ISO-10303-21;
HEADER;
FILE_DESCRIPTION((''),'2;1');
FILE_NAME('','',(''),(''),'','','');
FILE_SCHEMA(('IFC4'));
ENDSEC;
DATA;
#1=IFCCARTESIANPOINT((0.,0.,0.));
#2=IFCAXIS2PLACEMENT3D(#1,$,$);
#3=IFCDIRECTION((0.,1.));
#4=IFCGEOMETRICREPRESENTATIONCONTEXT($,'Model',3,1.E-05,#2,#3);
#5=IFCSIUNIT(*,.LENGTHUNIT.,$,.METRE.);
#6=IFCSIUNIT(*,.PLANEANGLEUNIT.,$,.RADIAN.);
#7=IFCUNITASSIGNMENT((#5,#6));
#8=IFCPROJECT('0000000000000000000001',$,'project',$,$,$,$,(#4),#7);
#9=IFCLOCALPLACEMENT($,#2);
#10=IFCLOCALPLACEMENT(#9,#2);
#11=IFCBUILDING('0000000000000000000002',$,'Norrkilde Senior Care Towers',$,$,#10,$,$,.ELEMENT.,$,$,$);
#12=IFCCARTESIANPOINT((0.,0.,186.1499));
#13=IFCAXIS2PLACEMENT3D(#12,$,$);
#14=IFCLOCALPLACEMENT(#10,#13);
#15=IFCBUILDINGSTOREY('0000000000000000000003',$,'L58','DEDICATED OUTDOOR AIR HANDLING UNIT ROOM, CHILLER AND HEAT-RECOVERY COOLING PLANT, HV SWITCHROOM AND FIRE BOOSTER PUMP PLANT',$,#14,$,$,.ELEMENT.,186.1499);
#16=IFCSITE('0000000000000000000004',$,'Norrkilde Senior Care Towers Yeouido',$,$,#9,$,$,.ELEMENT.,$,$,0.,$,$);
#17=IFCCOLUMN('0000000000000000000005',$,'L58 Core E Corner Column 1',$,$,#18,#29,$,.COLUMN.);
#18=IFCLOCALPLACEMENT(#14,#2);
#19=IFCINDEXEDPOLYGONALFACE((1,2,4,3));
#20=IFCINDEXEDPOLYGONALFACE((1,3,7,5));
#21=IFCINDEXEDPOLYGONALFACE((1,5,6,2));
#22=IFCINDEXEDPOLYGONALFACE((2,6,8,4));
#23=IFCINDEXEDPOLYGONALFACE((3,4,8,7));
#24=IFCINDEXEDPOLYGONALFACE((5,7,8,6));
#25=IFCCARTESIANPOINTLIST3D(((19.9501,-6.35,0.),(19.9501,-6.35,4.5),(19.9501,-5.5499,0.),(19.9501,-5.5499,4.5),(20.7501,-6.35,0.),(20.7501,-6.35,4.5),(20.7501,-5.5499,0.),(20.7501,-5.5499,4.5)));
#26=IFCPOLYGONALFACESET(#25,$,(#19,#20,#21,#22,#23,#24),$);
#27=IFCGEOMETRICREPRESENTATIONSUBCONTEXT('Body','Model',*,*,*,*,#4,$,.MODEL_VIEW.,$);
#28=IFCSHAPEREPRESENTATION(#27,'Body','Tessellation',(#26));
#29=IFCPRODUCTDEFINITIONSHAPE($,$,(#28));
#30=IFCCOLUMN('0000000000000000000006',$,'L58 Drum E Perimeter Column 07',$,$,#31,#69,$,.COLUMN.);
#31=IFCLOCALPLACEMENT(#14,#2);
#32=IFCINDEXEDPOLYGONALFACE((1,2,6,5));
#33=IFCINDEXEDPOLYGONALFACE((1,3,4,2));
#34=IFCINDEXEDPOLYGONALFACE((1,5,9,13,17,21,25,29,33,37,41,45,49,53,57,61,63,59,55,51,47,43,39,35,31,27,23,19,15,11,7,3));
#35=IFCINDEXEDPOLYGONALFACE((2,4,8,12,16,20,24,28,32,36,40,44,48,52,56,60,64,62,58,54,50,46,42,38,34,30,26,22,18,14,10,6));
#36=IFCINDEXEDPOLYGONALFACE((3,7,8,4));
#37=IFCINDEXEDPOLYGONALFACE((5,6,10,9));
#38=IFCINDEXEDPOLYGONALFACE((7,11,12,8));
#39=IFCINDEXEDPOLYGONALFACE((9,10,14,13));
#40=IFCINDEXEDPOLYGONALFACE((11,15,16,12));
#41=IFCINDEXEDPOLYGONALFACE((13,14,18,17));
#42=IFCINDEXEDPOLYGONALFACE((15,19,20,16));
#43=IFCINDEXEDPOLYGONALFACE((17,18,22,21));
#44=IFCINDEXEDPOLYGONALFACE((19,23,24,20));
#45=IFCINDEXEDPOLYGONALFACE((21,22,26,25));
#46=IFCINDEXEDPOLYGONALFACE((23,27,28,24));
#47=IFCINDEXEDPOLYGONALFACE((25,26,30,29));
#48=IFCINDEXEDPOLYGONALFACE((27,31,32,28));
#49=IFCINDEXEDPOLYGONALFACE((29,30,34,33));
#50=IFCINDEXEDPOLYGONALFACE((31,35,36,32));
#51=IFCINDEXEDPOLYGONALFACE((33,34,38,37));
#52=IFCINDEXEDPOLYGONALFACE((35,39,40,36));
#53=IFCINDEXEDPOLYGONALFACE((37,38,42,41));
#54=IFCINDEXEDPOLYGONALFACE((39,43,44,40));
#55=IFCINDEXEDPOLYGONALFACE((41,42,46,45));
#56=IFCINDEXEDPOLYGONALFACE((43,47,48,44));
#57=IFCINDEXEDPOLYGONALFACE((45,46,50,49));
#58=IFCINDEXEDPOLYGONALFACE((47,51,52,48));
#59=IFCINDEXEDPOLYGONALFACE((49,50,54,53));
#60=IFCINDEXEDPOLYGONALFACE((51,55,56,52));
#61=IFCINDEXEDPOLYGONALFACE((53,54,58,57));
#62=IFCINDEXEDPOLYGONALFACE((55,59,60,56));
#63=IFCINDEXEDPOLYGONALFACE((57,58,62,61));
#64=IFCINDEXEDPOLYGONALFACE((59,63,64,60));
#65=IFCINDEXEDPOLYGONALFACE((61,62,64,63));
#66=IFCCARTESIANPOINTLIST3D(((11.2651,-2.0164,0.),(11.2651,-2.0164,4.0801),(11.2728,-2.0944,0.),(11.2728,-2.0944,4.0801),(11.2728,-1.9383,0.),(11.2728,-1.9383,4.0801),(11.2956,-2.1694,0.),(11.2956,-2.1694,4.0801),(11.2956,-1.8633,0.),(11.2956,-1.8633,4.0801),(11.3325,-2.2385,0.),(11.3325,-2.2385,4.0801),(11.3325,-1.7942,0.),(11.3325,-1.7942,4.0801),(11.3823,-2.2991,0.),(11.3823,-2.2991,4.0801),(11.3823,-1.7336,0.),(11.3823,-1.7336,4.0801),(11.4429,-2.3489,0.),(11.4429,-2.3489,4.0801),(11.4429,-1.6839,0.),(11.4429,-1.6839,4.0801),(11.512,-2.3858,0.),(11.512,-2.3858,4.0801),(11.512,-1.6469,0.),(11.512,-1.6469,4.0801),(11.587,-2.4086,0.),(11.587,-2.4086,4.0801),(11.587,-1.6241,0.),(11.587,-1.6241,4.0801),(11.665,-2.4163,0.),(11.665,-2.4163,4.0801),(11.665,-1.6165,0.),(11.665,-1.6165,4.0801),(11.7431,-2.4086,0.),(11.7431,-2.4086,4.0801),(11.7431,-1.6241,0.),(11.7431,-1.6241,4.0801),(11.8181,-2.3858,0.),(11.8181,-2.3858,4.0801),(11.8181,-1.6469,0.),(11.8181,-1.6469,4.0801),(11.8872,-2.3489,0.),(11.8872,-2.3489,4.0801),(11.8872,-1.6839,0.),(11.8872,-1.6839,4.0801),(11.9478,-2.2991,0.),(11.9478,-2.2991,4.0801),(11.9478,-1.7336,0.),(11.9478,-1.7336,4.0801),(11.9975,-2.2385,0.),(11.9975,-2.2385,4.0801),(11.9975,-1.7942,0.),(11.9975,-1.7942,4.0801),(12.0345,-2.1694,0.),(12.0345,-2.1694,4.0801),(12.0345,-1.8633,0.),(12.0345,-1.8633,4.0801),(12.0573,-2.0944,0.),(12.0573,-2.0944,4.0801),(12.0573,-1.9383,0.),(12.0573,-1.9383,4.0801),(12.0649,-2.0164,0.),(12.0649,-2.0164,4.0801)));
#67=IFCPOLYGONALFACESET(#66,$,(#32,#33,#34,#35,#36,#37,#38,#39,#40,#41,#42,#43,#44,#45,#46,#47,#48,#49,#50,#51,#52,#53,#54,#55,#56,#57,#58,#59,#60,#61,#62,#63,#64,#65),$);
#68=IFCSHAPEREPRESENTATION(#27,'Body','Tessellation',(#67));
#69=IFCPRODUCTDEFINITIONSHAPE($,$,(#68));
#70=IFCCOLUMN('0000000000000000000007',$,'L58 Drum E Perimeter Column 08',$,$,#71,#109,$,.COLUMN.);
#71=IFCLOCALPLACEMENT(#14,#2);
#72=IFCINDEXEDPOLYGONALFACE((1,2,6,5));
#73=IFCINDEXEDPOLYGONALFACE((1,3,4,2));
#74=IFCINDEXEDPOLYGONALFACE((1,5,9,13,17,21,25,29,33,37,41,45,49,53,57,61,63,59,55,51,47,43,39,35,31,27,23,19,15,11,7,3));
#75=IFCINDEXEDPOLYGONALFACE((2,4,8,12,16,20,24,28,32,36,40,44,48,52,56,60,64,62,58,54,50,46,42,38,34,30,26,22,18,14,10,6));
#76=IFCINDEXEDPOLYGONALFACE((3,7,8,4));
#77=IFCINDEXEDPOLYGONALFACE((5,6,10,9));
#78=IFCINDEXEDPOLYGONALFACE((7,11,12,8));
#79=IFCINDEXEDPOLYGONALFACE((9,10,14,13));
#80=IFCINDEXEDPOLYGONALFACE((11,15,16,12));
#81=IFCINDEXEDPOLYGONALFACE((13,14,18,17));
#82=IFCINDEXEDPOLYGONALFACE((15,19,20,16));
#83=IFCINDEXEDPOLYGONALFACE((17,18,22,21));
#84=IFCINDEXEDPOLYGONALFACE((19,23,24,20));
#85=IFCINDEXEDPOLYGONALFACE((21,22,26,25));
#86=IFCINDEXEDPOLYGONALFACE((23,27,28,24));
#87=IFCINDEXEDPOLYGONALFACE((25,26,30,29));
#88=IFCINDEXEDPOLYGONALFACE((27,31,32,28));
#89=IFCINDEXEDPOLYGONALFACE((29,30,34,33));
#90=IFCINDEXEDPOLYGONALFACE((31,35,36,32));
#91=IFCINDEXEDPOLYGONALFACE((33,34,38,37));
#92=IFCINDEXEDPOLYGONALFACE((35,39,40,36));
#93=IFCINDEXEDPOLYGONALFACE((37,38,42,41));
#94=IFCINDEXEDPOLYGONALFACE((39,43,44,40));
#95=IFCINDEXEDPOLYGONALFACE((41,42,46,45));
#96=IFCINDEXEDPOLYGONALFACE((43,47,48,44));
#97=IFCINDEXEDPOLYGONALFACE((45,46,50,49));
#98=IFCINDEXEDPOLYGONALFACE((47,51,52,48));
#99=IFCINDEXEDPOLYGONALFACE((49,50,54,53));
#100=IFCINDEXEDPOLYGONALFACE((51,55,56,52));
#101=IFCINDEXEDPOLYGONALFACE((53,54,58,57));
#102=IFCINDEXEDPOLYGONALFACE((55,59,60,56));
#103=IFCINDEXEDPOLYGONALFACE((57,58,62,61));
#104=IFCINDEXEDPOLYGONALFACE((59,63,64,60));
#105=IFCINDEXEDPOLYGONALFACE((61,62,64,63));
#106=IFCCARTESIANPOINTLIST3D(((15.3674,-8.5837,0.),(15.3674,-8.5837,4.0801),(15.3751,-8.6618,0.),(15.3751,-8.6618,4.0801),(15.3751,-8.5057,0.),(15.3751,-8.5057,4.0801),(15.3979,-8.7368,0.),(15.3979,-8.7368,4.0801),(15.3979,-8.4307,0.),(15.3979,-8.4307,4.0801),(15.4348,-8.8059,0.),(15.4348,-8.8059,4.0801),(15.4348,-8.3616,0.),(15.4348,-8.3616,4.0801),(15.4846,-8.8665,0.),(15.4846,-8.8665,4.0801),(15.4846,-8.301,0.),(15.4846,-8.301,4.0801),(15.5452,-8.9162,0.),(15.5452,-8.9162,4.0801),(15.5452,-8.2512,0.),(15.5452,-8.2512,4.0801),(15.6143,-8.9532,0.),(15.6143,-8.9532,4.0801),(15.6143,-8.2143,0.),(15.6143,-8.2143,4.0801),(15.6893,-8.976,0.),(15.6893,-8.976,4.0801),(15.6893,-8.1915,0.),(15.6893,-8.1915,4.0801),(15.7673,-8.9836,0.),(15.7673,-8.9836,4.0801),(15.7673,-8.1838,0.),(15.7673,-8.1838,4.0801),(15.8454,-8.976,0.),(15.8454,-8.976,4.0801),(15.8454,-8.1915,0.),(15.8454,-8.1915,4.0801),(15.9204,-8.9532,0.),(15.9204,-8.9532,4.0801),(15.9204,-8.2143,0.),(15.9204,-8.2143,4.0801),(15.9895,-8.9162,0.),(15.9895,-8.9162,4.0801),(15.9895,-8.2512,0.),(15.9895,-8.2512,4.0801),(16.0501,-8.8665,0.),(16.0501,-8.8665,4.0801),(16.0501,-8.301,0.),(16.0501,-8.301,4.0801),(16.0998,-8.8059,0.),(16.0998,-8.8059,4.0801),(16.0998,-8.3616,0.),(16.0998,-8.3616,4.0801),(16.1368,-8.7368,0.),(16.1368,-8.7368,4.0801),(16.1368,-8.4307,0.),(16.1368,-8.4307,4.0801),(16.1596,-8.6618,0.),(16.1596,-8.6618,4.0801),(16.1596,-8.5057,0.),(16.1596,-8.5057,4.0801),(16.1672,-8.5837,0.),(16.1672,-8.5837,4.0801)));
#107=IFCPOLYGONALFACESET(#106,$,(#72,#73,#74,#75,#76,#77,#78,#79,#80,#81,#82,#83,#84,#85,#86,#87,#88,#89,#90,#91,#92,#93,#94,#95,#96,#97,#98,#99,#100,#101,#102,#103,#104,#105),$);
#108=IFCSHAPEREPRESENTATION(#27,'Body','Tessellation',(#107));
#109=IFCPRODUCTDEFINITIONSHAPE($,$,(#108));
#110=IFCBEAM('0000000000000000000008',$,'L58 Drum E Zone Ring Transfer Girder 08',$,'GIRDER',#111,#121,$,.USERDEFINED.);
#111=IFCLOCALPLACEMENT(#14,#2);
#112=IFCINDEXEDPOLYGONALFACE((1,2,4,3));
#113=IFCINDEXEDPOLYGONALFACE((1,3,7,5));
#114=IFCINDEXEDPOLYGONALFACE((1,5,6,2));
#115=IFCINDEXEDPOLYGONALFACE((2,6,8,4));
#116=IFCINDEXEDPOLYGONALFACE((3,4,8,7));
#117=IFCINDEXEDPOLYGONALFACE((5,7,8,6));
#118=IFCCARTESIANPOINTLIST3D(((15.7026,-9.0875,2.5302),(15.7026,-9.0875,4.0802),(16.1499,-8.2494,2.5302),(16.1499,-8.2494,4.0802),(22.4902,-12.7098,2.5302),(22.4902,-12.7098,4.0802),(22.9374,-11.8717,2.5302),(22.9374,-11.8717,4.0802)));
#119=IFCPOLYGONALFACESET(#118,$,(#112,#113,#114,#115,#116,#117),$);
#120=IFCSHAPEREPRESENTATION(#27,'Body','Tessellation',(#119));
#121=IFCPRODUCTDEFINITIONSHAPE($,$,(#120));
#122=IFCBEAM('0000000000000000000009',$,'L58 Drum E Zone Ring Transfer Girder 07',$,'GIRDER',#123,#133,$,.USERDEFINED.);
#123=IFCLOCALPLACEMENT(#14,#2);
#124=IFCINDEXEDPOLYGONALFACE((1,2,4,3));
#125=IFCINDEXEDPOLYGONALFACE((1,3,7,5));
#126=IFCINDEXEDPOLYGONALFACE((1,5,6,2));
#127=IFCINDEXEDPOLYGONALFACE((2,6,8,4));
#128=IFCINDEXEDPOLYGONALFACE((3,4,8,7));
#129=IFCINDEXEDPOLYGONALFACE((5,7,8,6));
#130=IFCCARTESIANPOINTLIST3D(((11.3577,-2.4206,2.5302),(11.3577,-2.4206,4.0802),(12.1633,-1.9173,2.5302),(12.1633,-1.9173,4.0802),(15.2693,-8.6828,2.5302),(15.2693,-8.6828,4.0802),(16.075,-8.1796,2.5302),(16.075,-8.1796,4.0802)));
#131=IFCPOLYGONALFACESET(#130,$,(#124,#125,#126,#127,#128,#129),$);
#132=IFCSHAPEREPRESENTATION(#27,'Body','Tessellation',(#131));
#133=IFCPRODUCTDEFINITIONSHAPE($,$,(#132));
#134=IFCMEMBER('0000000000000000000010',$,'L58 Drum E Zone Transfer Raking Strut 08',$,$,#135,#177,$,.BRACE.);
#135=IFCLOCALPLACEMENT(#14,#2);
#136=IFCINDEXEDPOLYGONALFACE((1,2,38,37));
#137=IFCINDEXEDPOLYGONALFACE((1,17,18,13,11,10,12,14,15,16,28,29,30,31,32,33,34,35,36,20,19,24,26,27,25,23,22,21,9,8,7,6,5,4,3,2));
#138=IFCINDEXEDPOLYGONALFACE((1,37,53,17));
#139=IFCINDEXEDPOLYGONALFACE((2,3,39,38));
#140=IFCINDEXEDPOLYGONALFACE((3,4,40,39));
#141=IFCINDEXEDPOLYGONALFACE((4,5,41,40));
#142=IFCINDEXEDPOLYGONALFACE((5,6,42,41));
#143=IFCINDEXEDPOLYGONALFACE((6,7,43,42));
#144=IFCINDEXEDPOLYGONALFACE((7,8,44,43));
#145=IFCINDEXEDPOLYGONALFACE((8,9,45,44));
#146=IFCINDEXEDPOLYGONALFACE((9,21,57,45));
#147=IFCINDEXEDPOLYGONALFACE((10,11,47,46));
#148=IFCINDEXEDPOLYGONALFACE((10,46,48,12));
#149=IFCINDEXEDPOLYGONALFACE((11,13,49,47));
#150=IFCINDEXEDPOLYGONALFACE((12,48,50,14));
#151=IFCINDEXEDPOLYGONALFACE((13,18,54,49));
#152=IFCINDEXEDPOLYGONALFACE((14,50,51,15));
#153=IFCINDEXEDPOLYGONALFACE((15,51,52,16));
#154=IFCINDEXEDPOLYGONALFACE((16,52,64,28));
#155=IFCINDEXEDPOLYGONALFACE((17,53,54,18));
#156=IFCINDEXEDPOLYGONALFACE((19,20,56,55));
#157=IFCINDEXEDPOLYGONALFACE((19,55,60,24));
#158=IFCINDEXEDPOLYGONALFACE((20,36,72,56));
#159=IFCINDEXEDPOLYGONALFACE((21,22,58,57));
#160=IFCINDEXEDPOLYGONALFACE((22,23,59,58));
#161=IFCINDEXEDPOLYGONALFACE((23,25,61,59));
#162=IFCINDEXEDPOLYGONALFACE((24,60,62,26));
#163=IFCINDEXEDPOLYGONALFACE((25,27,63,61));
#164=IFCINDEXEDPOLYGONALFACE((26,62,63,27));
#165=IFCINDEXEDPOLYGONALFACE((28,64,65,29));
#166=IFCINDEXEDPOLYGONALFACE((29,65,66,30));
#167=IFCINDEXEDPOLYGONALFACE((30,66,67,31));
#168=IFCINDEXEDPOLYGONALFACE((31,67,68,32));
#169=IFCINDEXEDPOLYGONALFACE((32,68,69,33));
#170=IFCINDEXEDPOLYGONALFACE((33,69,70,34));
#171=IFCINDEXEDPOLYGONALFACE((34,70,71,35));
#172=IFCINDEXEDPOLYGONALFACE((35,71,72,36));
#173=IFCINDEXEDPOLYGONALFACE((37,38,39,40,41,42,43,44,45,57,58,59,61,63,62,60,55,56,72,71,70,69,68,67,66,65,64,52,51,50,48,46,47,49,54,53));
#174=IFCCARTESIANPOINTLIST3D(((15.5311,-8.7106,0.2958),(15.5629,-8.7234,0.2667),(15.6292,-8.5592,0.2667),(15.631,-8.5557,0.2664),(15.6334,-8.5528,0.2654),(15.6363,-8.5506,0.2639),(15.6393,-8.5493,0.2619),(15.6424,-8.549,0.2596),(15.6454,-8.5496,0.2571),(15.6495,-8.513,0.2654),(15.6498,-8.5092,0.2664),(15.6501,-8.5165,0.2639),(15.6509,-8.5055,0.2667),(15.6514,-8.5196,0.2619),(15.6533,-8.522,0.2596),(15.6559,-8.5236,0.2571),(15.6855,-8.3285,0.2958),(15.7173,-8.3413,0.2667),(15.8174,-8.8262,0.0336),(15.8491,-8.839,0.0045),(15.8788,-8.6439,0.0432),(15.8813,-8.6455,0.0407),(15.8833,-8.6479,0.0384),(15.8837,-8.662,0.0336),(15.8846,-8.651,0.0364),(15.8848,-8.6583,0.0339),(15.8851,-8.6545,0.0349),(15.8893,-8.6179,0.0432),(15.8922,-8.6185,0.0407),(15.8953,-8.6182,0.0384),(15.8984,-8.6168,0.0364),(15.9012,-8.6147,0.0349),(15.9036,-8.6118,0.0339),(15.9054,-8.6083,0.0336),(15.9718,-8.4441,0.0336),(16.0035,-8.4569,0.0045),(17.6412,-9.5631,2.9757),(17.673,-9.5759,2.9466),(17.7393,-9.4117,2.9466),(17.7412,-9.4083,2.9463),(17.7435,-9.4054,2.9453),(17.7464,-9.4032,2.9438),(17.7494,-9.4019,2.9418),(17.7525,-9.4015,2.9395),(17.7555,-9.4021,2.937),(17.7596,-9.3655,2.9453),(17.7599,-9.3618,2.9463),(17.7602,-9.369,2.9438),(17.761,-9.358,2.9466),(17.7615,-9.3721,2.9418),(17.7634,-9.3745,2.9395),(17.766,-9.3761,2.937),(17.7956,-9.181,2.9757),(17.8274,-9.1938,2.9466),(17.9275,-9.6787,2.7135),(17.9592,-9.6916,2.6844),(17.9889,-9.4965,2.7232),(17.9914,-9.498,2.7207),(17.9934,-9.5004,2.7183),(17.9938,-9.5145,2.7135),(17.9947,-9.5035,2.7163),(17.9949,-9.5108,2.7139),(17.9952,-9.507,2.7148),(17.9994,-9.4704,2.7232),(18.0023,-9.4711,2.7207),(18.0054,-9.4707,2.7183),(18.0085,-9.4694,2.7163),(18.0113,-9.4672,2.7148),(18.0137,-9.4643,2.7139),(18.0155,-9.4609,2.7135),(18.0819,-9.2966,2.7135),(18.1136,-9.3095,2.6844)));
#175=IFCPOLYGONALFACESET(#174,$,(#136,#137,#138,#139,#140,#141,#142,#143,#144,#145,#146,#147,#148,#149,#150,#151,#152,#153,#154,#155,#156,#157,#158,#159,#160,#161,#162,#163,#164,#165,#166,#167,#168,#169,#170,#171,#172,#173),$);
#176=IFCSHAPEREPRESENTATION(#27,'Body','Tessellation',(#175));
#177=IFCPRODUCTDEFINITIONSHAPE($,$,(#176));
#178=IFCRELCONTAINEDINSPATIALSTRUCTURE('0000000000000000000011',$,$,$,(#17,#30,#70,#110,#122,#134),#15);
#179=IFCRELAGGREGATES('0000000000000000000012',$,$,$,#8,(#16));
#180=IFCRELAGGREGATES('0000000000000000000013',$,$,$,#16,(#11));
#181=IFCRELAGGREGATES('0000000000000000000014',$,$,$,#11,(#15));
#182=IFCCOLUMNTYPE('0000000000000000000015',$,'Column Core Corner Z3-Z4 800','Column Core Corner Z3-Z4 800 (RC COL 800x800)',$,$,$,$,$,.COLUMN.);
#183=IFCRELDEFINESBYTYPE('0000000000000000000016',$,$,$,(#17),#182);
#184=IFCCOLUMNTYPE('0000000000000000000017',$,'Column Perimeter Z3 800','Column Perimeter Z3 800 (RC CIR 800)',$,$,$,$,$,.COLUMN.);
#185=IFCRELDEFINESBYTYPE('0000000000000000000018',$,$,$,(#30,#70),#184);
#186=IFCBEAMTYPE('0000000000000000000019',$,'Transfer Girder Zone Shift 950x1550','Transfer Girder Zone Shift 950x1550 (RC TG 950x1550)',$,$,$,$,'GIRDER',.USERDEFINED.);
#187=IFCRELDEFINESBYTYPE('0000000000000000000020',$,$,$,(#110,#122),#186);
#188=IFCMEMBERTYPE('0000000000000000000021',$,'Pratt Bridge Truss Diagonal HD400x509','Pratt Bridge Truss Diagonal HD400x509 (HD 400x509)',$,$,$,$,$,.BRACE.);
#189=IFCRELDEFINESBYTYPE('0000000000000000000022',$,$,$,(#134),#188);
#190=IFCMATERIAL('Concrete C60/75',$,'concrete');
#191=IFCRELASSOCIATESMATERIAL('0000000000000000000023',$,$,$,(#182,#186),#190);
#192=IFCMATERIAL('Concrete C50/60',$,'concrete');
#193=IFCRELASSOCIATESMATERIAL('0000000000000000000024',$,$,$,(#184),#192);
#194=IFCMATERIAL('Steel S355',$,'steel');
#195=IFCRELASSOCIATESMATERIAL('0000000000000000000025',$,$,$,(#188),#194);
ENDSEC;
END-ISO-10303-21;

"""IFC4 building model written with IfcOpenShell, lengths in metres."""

from ifc_helpers import new_model, si_unit, direction, frame, origin, origin_2d, place, context, subcontext, project, spatial, rectangle, circle, i_section, extrude, source, transform, mapped, material, material_profile, profile_set, type_object, type_shapes, element, save


model = new_model("IFC4")

# Units and contexts
model_context = context("Model", 3, precision=1e-05, world=origin(), true_north=direction((0.0, 1.0)))
body_context = subcontext(model_context, "Body", "Model", "MODEL_VIEW")
ifc_project = project(units=[si_unit("LENGTHUNIT", "METRE"), si_unit("PLANEANGLEUNIT", "RADIAN")], contexts=[model_context])

# Site, building, storey
site_placement = place(None, origin())
site = spatial("IfcSite", under=ifc_project, at=site_placement, Name="Norrkilde Senior Care Towers Yeouido", CompositionType="ELEMENT", RefElevation=0.0)
building_placement = place(site_placement, origin())
building = spatial("IfcBuilding", under=site, at=building_placement, Name="Norrkilde Senior Care Towers", CompositionType="ELEMENT")
storey_placement = place(building_placement, frame((0.0, 0.0, 186.1499)))
storey = spatial("IfcBuildingStorey", under=building, at=storey_placement, Name="L58", Description="DEDICATED OUTDOOR AIR HANDLING UNIT ROOM, CHILLER AND HEAT-RECOVERY COOLING PLANT, HV SWITCHROOM AND FIRE BOOSTER PUMP PLANT", CompositionType="ELEMENT", Elevation=186.1499)

# Columns
ifc_material_1 = material(Name="Concrete C60/75", Category="concrete")
ifc_material_profile_1 = material_profile(ifc_material_1, rectangle(XDim=0.8, YDim=0.8, at=origin_2d()), Name="RC COL 800x800")
ifc_profile_set_1 = profile_set([ifc_material_profile_1], Name="Concrete C60/75")
column_type_1 = type_object("IfcColumnType", Name="Column Core Corner Z3-Z4 800", Description="Column Core Corner Z3-Z4 800 (RC COL 800x800)", PredefinedType="COLUMN", material=ifc_profile_set_1)
shared_shape_1 = source(origin(), body_context, "Body", "SweptSolid", [
    extrude(rectangle(XDim=0.8, YDim=0.8, at=origin_2d()), origin(), (0.0, 0.0, 1.0), 4.5),
])
type_shapes(column_type_1, [shared_shape_1])
column_placement = place(storey_placement, frame((20.3501, -5.95, 0.0), z_axis=(0.0, 0.0, 1.0), x_axis=(1.0, 0.0, 0.0)))
element("IfcColumn", 1, at=column_placement, inside=storey, type_object=column_type_1, Name="L58 Core E Corner Column 1", PredefinedType="COLUMN", context=body_context, shape_type="MappedRepresentation", body=[
    mapped(shared_shape_1, transform((0.0, 0.0, 0.0), x_axis=(1.0, 0.0, 0.0), y_axis=(0.0, 1.0, 0.0), z_axis=(0.0, 0.0, 1.0), scale=1.0)),
])
ifc_material_2 = material(Name="Concrete C50/60", Category="concrete")
ifc_material_profile_2 = material_profile(ifc_material_2, circle(Radius=0.3999, at=origin_2d()), Name="RC CIR 800")
ifc_profile_set_2 = profile_set([ifc_material_profile_2], Name="Concrete C50/60")
column_type_2 = type_object("IfcColumnType", Name="Column Perimeter Z3 800", Description="Column Perimeter Z3 800 (RC CIR 800)", PredefinedType="COLUMN", material=ifc_profile_set_2)
shared_shape_2 = source(origin(), body_context, "Body", "SweptSolid", [
    extrude(circle(Radius=0.3999, at=origin_2d()), origin(), (0.0, 0.0, 1.0), 4.0801),
])
type_shapes(column_type_2, [shared_shape_2])
for number, where, z_axis, x_axis, name in (
    (2, (11.665, -2.0164, 0.0), (0.0, 0.0, 1.0), (1.0, 0.0, 0.0), "L58 Drum E Perimeter Column 07"),
    (3, (15.7673, -8.5837, 0.0), (0.0, 0.0, 1.0), (1.0, 0.0, 0.0), "L58 Drum E Perimeter Column 08"),
):
    element("IfcColumn", number, at=place(storey_placement, frame(where, z_axis=z_axis, x_axis=x_axis)), inside=storey, type_object=column_type_2, Name=name, PredefinedType="COLUMN", context=body_context, shape_type="MappedRepresentation", body=[
        mapped(shared_shape_2, transform((0.0, 0.0, 0.0), x_axis=(1.0, 0.0, 0.0), y_axis=(0.0, 1.0, 0.0), z_axis=(0.0, 0.0, 1.0), scale=1.0)),
    ])

# Beams
ifc_material_profile_3 = material_profile(ifc_material_1, rectangle(XDim=0.95, YDim=1.55, at=origin_2d()), Name="RC TG 950x1550")
ifc_profile_set_3 = profile_set([ifc_material_profile_3], Name="Concrete C60/75")
beam_type = type_object("IfcBeamType", Name="Transfer Girder Zone Shift 950x1550", Description="Transfer Girder Zone Shift 950x1550 (RC TG 950x1550)", ElementType="GIRDER", PredefinedType="USERDEFINED", material=ifc_profile_set_3)
shared_shape_3 = source(origin(), body_context, "Body", "SweptSolid", [
    extrude(rectangle(XDim=0.95, YDim=1.55, at=origin_2d()), origin(), (0.0, 0.0, 1.0), 7.6936),
])
beam_1_placement = place(storey_placement, frame((15.9263, -8.6685, 3.3052), z_axis=(0.882231, -0.470817, 0.0), x_axis=(0.470817, 0.882231, 0.0)))
element("IfcBeam", 4, at=beam_1_placement, inside=storey, type_object=beam_type, Name="L58 Drum E Zone Ring Transfer Girder 08", ObjectType="GIRDER", PredefinedType="USERDEFINED", context=body_context, shape_type="MappedRepresentation", body=[
    mapped(shared_shape_3, transform((0.0, 0.0, 0.0), x_axis=(1.0, 0.0, 0.0), y_axis=(0.0, 1.0, 0.0), z_axis=(0.0, 0.0, 1.0), scale=1.0)),
])
shared_shape_4 = source(origin(), body_context, "Body", "SweptSolid", [
    extrude(rectangle(XDim=0.95, YDim=1.55, at=origin_2d()), origin(), (0.0, 0.0, 1.0), 7.3835),
])
type_shapes(beam_type, [shared_shape_3, shared_shape_4])
beam_2_placement = place(storey_placement, frame((11.7605, -2.1689, 3.3052), z_axis=(0.529779, -0.848136, 0.0), x_axis=(0.848136, 0.529779, 0.0)))
element("IfcBeam", 5, at=beam_2_placement, inside=storey, type_object=beam_type, Name="L58 Drum E Zone Ring Transfer Girder 07", ObjectType="GIRDER", PredefinedType="USERDEFINED", context=body_context, shape_type="MappedRepresentation", body=[
    mapped(shared_shape_4, transform((0.0, 0.0, 0.0), x_axis=(1.0, 0.0, 0.0), y_axis=(0.0, 1.0, 0.0), z_axis=(0.0, 0.0, 1.0), scale=1.0)),
])

# Member
ifc_material_3 = material(Name="Steel S355", Category="steel")
ifc_material_profile_4 = material_profile(ifc_material_3, i_section(OverallWidth=0.4121, OverallDepth=0.45, WebThickness=0.0281, FlangeThickness=0.0449, FilletRadius=0.0149, at=origin_2d()), Name="HD 400x509")
ifc_profile_set_4 = profile_set([ifc_material_profile_4], Name="Steel S355")
member_type_1 = type_object("IfcMemberType", Name="Pratt Bridge Truss Diagonal HD400x509", Description="Pratt Bridge Truss Diagonal HD400x509 (HD 400x509)", PredefinedType="BRACE", material=ifc_profile_set_4)
shared_shape_5 = source(origin(), body_context, "Body", "SweptSolid", [
    extrude(i_section(OverallWidth=0.4121, OverallDepth=0.45, WebThickness=0.0281, FlangeThickness=0.0449, FilletRadius=0.0149, at=origin_2d()), origin(), (0.0, 0.0, 1.0), 3.5159),
])
type_shapes(member_type_1, [shared_shape_5])
member_1_placement = place(storey_placement, frame((15.7673, -8.5837, 0.1501), z_axis=(0.600165, -0.242482, 0.762236), x_axis=(0.374607, 0.927184, 0.0)))
element("IfcMember", 6, at=member_1_placement, inside=storey, type_object=member_type_1, Name="L58 Drum E Zone Transfer Raking Strut 08", PredefinedType="BRACE", context=body_context, shape_type="MappedRepresentation", body=[
    mapped(shared_shape_5, transform((0.0, 0.0, 0.0), x_axis=(1.0, 0.0, 0.0), y_axis=(0.0, 1.0, 0.0), z_axis=(0.0, 0.0, 1.0), scale=1.0)),
])

save(model, "model.ifc")
